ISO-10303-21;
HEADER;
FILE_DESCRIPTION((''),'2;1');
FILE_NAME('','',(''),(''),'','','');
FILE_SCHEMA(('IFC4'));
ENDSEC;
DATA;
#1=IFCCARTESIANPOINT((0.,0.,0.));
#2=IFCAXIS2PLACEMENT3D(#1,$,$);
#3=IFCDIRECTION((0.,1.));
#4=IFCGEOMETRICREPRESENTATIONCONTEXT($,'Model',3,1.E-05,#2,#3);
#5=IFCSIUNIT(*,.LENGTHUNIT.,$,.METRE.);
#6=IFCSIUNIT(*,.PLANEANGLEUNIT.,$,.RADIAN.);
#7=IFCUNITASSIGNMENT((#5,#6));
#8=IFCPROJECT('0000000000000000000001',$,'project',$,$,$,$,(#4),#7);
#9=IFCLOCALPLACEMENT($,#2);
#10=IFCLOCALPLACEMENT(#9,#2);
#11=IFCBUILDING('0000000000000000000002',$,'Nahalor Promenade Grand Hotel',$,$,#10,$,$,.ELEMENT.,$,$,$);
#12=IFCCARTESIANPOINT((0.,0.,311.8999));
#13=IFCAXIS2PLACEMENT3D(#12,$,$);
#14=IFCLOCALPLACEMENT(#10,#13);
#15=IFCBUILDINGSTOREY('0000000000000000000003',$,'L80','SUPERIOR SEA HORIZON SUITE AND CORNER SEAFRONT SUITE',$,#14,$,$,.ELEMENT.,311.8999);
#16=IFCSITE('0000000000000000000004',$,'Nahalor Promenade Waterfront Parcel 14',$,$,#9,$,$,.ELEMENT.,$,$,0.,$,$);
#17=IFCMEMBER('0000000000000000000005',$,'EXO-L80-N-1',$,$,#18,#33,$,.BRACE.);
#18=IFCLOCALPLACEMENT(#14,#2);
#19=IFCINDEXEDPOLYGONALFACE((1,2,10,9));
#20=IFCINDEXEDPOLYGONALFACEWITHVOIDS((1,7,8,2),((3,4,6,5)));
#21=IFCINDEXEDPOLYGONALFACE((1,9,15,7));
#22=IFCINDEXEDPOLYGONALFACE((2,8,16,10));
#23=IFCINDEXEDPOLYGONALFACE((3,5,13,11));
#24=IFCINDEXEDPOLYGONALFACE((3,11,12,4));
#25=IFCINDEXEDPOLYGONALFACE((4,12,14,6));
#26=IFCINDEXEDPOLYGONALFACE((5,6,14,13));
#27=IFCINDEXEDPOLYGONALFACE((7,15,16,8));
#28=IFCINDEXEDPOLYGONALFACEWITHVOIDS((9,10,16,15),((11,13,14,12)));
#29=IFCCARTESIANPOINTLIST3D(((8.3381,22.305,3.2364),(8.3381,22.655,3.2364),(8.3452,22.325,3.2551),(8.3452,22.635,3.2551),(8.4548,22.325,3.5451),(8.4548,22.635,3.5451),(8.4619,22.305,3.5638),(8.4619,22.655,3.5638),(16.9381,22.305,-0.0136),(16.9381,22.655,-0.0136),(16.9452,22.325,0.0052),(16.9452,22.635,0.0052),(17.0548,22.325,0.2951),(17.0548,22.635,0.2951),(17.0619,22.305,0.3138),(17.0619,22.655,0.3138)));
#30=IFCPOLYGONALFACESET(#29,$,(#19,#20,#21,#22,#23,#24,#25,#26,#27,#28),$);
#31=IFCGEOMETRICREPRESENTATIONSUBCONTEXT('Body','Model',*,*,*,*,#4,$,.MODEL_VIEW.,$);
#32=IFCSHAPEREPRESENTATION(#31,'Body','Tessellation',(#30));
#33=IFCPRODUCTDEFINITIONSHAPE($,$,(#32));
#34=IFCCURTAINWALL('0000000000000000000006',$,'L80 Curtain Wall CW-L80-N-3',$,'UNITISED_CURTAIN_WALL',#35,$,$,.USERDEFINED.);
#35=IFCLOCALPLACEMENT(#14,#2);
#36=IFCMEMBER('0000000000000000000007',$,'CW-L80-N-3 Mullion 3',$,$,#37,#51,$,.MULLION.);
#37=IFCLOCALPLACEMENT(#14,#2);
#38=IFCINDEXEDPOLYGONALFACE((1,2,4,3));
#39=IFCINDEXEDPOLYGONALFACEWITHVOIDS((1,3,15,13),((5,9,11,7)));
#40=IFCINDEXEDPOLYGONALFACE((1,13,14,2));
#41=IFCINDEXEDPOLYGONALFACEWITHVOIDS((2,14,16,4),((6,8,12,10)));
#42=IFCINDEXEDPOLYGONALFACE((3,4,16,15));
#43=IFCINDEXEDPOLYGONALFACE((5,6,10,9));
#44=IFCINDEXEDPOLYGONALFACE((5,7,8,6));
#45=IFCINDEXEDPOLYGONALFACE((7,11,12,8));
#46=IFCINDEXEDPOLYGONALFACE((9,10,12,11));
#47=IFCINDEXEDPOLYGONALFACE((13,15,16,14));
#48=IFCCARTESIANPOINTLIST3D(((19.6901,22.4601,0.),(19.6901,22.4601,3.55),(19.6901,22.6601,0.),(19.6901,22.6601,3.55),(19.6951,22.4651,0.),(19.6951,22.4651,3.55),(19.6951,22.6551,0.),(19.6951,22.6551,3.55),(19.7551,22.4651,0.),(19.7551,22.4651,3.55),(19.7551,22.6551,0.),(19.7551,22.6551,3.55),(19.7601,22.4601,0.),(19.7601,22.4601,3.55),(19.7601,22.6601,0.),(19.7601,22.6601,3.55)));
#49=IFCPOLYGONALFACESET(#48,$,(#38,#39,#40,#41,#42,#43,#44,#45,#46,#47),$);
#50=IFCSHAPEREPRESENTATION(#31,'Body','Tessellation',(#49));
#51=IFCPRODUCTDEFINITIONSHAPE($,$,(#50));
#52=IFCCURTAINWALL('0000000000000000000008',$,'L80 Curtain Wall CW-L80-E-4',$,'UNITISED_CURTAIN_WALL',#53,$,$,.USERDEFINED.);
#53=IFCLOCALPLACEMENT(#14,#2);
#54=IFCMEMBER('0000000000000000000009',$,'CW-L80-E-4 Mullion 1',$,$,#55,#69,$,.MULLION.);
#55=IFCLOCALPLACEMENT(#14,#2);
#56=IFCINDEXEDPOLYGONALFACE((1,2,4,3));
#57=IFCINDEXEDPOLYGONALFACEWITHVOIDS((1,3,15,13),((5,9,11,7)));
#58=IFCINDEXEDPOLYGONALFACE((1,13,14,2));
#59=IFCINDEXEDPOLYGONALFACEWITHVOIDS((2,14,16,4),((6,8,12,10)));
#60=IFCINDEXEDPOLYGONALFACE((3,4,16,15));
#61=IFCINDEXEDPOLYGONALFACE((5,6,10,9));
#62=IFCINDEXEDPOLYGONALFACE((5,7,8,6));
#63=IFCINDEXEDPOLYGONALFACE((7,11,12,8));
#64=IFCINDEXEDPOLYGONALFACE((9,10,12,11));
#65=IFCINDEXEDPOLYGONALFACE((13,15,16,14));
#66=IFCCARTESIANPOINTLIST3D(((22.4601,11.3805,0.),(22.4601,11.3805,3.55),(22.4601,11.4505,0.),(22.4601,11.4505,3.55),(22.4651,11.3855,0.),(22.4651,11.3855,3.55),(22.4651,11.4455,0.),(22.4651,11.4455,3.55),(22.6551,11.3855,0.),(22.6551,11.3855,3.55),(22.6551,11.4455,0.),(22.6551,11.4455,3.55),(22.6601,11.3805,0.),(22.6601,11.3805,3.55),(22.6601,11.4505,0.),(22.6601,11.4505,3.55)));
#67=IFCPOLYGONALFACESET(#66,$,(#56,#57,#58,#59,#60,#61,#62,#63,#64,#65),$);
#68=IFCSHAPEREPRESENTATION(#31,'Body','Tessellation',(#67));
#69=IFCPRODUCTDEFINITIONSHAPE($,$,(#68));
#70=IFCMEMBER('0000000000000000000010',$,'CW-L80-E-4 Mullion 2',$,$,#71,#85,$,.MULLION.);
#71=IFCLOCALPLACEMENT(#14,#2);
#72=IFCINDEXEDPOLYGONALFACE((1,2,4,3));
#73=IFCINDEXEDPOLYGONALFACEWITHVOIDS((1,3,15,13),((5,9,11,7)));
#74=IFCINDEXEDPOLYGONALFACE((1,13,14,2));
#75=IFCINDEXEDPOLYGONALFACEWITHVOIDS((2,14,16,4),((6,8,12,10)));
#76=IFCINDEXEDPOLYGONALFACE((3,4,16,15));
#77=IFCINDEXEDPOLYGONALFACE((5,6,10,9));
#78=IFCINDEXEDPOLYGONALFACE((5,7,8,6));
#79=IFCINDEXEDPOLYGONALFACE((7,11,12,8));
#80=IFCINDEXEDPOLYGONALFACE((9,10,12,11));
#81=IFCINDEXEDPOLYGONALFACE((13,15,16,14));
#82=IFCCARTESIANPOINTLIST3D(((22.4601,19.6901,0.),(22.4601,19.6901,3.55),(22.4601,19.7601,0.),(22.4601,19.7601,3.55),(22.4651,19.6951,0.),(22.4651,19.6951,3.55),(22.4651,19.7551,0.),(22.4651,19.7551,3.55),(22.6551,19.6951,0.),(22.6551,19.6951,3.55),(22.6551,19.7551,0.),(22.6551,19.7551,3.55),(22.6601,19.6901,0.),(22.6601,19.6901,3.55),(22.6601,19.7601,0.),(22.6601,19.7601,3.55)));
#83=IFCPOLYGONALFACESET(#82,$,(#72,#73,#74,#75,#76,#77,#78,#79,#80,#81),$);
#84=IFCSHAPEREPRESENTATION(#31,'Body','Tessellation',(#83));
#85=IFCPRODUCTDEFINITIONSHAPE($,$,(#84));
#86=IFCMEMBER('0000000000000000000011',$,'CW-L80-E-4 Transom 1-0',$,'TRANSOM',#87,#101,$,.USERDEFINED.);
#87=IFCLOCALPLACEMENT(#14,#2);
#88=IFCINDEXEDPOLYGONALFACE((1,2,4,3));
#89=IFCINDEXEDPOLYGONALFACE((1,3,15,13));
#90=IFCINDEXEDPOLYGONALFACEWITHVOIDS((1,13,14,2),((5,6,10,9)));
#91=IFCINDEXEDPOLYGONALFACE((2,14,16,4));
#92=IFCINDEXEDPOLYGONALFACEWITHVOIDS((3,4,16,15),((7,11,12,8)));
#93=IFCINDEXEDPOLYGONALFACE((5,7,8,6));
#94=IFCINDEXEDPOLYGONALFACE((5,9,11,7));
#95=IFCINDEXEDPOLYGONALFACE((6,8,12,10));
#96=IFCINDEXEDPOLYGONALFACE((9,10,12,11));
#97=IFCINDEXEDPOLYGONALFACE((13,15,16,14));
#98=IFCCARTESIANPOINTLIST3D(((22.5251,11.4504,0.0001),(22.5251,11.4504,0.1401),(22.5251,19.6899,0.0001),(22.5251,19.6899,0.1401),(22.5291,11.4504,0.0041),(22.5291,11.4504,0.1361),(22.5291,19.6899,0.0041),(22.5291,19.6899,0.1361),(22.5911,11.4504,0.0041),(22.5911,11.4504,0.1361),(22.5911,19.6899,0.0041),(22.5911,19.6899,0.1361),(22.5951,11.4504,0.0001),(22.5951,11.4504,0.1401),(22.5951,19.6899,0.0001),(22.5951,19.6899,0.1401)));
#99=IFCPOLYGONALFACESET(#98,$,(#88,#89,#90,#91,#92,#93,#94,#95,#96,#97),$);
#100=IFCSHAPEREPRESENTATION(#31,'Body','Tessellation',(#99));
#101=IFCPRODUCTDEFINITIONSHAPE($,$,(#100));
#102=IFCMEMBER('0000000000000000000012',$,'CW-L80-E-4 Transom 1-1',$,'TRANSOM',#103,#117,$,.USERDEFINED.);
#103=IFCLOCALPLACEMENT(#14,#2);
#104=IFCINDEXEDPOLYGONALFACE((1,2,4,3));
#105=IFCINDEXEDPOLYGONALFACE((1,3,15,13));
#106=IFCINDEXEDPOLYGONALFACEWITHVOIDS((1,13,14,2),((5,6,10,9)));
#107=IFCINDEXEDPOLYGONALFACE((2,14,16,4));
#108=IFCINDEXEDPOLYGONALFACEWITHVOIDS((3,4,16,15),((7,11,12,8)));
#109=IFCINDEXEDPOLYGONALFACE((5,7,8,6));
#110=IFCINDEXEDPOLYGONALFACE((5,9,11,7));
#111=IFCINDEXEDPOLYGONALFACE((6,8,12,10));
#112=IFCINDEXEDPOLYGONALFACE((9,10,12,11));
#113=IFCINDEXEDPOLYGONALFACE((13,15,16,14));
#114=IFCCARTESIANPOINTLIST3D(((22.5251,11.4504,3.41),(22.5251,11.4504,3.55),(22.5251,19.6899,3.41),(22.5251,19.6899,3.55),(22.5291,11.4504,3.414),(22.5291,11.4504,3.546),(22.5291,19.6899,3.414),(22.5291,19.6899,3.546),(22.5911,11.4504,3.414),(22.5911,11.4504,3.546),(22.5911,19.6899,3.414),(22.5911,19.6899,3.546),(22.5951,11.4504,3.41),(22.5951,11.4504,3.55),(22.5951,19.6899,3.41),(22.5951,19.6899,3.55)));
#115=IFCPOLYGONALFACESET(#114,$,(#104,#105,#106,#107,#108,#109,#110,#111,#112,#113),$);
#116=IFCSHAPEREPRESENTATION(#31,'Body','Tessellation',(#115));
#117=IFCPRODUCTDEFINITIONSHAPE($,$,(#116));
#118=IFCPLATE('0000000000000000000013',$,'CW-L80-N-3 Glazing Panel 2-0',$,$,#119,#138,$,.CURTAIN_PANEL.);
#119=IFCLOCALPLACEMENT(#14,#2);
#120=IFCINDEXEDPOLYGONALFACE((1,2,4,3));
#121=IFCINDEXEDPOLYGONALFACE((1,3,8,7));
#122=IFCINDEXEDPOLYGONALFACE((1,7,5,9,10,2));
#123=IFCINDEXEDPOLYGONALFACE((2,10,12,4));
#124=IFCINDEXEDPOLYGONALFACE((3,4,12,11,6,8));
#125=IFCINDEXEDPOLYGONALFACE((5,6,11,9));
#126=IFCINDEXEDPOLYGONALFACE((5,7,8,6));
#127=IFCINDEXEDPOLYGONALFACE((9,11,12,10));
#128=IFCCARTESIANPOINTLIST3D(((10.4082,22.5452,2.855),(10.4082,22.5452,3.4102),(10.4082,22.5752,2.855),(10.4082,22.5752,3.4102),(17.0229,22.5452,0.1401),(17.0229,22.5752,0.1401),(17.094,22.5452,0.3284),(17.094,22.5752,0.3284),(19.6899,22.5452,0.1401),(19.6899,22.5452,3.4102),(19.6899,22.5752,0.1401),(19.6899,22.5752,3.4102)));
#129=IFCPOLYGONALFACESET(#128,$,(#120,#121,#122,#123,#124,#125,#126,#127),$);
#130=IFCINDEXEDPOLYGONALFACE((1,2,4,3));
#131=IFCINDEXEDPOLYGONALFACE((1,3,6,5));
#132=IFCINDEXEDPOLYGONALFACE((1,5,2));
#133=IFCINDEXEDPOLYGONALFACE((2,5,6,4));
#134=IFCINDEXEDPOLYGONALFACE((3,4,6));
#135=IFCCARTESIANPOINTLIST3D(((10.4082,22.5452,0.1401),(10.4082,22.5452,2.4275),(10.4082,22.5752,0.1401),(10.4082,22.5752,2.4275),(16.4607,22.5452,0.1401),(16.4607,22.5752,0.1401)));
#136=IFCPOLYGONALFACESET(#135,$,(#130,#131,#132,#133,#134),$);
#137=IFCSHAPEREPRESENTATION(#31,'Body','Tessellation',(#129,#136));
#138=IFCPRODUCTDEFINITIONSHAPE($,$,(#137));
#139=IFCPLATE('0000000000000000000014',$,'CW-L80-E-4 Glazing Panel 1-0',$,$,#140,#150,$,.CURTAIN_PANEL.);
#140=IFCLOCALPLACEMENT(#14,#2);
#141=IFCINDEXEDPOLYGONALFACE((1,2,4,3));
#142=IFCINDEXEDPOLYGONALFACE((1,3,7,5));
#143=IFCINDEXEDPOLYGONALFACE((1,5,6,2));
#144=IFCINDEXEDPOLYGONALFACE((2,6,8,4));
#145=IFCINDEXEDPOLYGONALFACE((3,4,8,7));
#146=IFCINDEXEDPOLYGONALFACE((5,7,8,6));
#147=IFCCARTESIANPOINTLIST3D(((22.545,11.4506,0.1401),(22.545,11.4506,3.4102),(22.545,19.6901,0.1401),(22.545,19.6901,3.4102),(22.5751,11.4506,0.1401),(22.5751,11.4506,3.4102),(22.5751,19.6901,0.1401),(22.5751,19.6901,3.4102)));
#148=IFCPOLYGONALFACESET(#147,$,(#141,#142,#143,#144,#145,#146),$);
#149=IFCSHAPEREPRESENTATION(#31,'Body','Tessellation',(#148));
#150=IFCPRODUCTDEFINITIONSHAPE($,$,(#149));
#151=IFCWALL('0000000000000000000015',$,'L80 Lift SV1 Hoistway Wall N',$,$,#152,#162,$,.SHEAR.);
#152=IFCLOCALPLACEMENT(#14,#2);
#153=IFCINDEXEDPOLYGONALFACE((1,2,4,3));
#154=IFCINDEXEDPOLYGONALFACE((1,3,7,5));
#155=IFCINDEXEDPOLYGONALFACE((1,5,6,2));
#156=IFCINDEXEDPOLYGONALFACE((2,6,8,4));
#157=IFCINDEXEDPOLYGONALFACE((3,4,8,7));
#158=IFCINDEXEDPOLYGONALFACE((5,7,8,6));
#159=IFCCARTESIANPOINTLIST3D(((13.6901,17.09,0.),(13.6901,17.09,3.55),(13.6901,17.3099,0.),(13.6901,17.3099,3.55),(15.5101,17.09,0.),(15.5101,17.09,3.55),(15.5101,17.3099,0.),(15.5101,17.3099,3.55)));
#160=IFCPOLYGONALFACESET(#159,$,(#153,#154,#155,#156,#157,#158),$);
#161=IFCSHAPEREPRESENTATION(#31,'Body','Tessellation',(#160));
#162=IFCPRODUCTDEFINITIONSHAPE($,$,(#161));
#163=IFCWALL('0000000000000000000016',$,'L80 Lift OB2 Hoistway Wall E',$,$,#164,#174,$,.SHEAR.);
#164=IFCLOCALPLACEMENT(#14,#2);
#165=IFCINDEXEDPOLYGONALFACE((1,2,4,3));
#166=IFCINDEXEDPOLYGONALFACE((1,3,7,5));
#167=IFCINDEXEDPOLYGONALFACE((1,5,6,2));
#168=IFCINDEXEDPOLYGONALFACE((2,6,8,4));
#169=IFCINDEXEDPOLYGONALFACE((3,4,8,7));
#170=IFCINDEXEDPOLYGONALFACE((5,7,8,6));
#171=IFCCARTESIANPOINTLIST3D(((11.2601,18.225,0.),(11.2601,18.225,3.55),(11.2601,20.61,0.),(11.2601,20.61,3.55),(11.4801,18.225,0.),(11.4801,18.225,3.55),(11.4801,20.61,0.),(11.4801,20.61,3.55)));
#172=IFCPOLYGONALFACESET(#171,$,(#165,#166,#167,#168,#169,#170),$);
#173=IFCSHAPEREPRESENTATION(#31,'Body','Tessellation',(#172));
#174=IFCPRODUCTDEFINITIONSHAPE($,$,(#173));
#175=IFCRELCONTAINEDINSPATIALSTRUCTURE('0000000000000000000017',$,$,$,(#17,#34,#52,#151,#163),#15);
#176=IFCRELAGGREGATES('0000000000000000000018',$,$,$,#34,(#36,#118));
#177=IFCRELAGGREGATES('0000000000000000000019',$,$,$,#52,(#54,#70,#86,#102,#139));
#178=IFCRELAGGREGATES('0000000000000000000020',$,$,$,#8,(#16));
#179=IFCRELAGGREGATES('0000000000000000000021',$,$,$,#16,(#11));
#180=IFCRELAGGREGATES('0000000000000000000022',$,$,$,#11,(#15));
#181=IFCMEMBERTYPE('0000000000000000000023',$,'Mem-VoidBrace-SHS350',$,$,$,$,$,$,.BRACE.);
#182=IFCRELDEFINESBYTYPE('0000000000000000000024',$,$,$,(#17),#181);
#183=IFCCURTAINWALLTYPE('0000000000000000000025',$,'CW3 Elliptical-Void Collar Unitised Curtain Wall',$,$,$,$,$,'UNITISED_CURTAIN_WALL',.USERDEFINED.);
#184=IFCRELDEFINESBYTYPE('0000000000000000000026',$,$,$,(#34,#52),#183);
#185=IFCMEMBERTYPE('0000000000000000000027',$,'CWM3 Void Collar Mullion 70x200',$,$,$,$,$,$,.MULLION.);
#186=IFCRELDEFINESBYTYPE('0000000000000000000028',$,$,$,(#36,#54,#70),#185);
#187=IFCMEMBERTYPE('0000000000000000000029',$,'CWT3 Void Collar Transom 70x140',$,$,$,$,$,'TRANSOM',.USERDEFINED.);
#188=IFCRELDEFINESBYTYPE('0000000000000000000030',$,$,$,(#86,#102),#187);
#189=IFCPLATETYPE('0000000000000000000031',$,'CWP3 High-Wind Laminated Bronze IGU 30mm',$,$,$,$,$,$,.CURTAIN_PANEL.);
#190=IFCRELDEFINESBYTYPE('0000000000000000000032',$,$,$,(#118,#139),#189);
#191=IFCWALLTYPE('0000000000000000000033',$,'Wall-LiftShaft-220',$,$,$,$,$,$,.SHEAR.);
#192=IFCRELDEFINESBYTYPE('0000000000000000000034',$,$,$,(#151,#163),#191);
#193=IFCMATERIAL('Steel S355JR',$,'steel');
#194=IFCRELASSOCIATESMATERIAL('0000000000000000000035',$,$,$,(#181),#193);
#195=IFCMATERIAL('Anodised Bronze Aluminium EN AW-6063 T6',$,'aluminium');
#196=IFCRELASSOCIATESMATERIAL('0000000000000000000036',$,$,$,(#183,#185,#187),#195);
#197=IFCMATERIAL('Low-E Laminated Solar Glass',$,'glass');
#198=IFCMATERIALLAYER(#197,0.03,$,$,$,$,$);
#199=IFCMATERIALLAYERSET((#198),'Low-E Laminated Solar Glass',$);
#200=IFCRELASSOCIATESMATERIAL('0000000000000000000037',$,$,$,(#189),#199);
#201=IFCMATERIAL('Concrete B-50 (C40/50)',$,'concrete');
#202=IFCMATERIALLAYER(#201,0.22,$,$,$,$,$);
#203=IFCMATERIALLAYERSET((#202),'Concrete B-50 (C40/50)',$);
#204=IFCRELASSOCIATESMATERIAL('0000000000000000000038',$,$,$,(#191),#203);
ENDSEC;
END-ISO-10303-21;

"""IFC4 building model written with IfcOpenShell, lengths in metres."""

from ifc_helpers import new_model, si_unit, direction, frame, frame_2d, origin, origin_2d, place, context, subcontext, project, spatial, polyline, rectangle, hollow_rectangle, outline, extrude, source, transform, mapped, material, layer, layer_set, material_profile, profile_set, type_object, element, aggregate, save


model = new_model("IFC4")

# Units and contexts
model_context = context("Model", 3, precision=1e-05, world=origin(), true_north=direction((0.0, 1.0)))
body_context = subcontext(model_context, "Body", "Model", "MODEL_VIEW")
ifc_project = project(units=[si_unit("LENGTHUNIT", "METRE"), si_unit("PLANEANGLEUNIT", "RADIAN")], contexts=[model_context])

# Site, building, storey
site_placement = place(None, origin())
site = spatial("IfcSite", under=ifc_project, at=site_placement, Name="Nahalor Promenade Waterfront Parcel 14", CompositionType="ELEMENT", RefElevation=0.0)
building_placement = place(site_placement, origin())
building = spatial("IfcBuilding", under=site, at=building_placement, Name="Nahalor Promenade Grand Hotel", CompositionType="ELEMENT")
storey_placement = place(building_placement, frame((0.0, 0.0, 311.8999)))
storey = spatial("IfcBuildingStorey", under=building, at=storey_placement, Name="L80", Description="SUPERIOR SEA HORIZON SUITE AND CORNER SEAFRONT SUITE", CompositionType="ELEMENT", Elevation=311.8999)

# Shared definitions
ifc_material_1 = material(Name="Concrete B-50 (C40/50)", Category="concrete")
ifc_material_2 = material(Name="Steel S355JR", Category="steel")

# Member
ifc_material_profile_1 = material_profile(ifc_material_2, hollow_rectangle(XDim=0.35, YDim=0.35, WallThickness=0.02, at=origin_2d()), Name="SHS 350x350x20")
ifc_profile_set_1 = profile_set([ifc_material_profile_1], Name="Steel S355JR")
member_type_1 = type_object("IfcMemberType", Name="Mem-VoidBrace-SHS350", PredefinedType="BRACE", material=ifc_profile_set_1)
shared_shape_1 = source(origin(), body_context, "Body", "SweptSolid", [
    extrude(hollow_rectangle(XDim=0.35, YDim=0.35, WallThickness=0.02, at=origin_2d()), origin(), (0.0, 0.0, 1.0), 9.1936),
])
member_1_placement = place(storey_placement, frame((17.0, 22.48, 0.1501), z_axis=(-0.935433, 0.0, 0.353503), x_axis=(0.0, -1.0, 0.0)))
element("IfcMember", 1, at=member_1_placement, inside=storey, type_object=member_type_1, Name="EXO-L80-N-1", PredefinedType="BRACE", context=body_context, shape_type="MappedRepresentation", body=[
    mapped(shared_shape_1, transform((0.0, 0.0, 0.0), scale=1.0)),
])

# Curtain wall, member
ifc_material_3 = material(Name="Anodised Bronze Aluminium EN AW-6063 T6", Category="aluminium")
curtain_wall_type = type_object("IfcCurtainWallType", Name="CW3 Elliptical-Void Collar Unitised Curtain Wall", ElementType="UNITISED_CURTAIN_WALL", PredefinedType="USERDEFINED", material=ifc_material_3)
curtain_wall_1_placement = place(storey_placement, origin())
curtain_wall_1 = element("IfcCurtainWall", 2, at=curtain_wall_1_placement, inside=storey, type_object=curtain_wall_type, Name="L80 Curtain Wall CW-L80-N-3", ObjectType="UNITISED_CURTAIN_WALL", PredefinedType="USERDEFINED")
ifc_material_profile_2 = material_profile(ifc_material_3, hollow_rectangle(XDim=0.07, YDim=0.2, WallThickness=0.005, at=origin_2d()), Name="CWM 70x200x5")
ifc_profile_set_2 = profile_set([ifc_material_profile_2], Name="Anodised Bronze Aluminium EN AW-6063 T6")
member_type_2 = type_object("IfcMemberType", Name="CWM3 Void Collar Mullion 70x200", PredefinedType="MULLION", material=ifc_profile_set_2)
shared_shape_2 = source(origin(), body_context, "Body", "SweptSolid", [
    extrude(hollow_rectangle(XDim=0.07, YDim=0.2, WallThickness=0.005, at=origin_2d()), origin(), (0.0, 0.0, 1.0), 3.55),
])
member_2_placement = place(storey_placement, frame((19.7251, 22.5601, 0.0), z_axis=(0.0, 0.0, 1.0), x_axis=(1.0, 0.0, 0.0)))
member_2 = element("IfcMember", 3, at=member_2_placement, type_object=member_type_2, Name="CW-L80-N-3 Mullion 3", PredefinedType="MULLION", context=body_context, shape_type="MappedRepresentation", body=[
    mapped(shared_shape_2, transform((0.0, 0.0, 0.0), scale=1.0)),
])

# Curtain wall, members
curtain_wall_2_placement = place(storey_placement, origin())
curtain_wall_2 = element("IfcCurtainWall", 4, at=curtain_wall_2_placement, inside=storey, type_object=curtain_wall_type, Name="L80 Curtain Wall CW-L80-E-4", ObjectType="UNITISED_CURTAIN_WALL", PredefinedType="USERDEFINED")
member_3_placement = place(storey_placement, frame((22.5601, 11.4155, 0.0), z_axis=(0.0, 0.0, 1.0), x_axis=(0.0, 1.0, 0.0)))
member_3 = element("IfcMember", 5, at=member_3_placement, type_object=member_type_2, Name="CW-L80-E-4 Mullion 1", PredefinedType="MULLION", context=body_context, shape_type="MappedRepresentation", body=[
    mapped(shared_shape_2, transform((0.0, 0.0, 0.0), scale=1.0)),
])
member_4_placement = place(storey_placement, frame((22.5601, 19.7251, 0.0), z_axis=(0.0, 0.0, 1.0), x_axis=(0.0, 1.0, 0.0)))
member_4 = element("IfcMember", 6, at=member_4_placement, type_object=member_type_2, Name="CW-L80-E-4 Mullion 2", PredefinedType="MULLION", context=body_context, shape_type="MappedRepresentation", body=[
    mapped(shared_shape_2, transform((0.0, 0.0, 0.0), scale=1.0)),
])
ifc_material_profile_3 = material_profile(ifc_material_3, hollow_rectangle(XDim=0.07, YDim=0.14, WallThickness=0.004, at=origin_2d()), Name="CWT 70x140x4")
ifc_profile_set_3 = profile_set([ifc_material_profile_3], Name="Anodised Bronze Aluminium EN AW-6063 T6")
member_type_3 = type_object("IfcMemberType", Name="CWT3 Void Collar Transom 70x140", ElementType="TRANSOM", PredefinedType="USERDEFINED", material=ifc_profile_set_3)
shared_shape_3 = source(origin(), body_context, "Body", "SweptSolid", [
    extrude(hollow_rectangle(XDim=0.07, YDim=0.14, WallThickness=0.004, at=origin_2d()), origin(), (0.0, 0.0, 1.0), 8.2395),
])
member_5_placement = place(storey_placement, frame((22.5601, 11.4504, 0.0701), z_axis=(0.0, 1.0, 0.0), x_axis=(-1.0, 0.0, 0.0)))
member_5 = element("IfcMember", 7, at=member_5_placement, type_object=member_type_3, Name="CW-L80-E-4 Transom 1-0", ObjectType="TRANSOM", PredefinedType="USERDEFINED", context=body_context, shape_type="MappedRepresentation", body=[
    mapped(shared_shape_3, transform((0.0, 0.0, 0.0), scale=1.0)),
])
member_6_placement = place(storey_placement, frame((22.5601, 11.4504, 3.48), z_axis=(0.0, 1.0, 0.0), x_axis=(-1.0, 0.0, 0.0)))
member_6 = element("IfcMember", 8, at=member_6_placement, type_object=member_type_3, Name="CW-L80-E-4 Transom 1-1", ObjectType="TRANSOM", PredefinedType="USERDEFINED", context=body_context, shape_type="MappedRepresentation", body=[
    mapped(shared_shape_3, transform((0.0, 0.0, 0.0), scale=1.0)),
])

# Plates
ifc_material_4 = material(Name="Low-E Laminated Solar Glass", Category="glass")
ifc_layer_1 = layer(ifc_material_4, 0.03)
ifc_layer_set_1 = layer_set([ifc_layer_1], Name="Low-E Laminated Solar Glass")
plate_type = type_object("IfcPlateType", Name="CWP3 High-Wind Laminated Bronze IGU 30mm", PredefinedType="CURTAIN_PANEL", material=ifc_layer_set_1)
plate_1_placement = place(storey_placement, frame((15.0491, 22.5601, 0.1401), z_axis=(0.0, 0.0, 1.0), x_axis=(1.0, 0.0, 0.0)))
plate_1 = element("IfcPlate", 9, at=plate_1_placement, type_object=plate_type, Name="CW-L80-N-3 Glazing Panel 2-0", PredefinedType="CURTAIN_PANEL", context=body_context, shape_type="SweptSolid", body=[
    extrude(outline(polyline([(4.6409, 3.27), (-4.6409, 3.27), (-4.6409, 2.7148), (2.0449, 0.1882), (1.9739, 0.0), (4.6409, 0.0), (4.6409, 3.27)])), frame((0.0, 0.0151, 0.0), z_axis=(0.0, -1.0, 0.0), x_axis=(1.0, 0.0, 0.0)), (0.0, 0.0, 1.0), 0.03),
    extrude(outline(polyline([(-4.6409, 2.2874), (-4.6409, 0.0), (1.4116, 0.0), (-4.6409, 2.2874)])), frame((0.0, 0.0151, 0.0), z_axis=(0.0, -1.0, 0.0), x_axis=(1.0, 0.0, 0.0)), (0.0, 0.0, 1.0), 0.03),
])
aggregate(curtain_wall_1, [member_2, plate_1])
shared_shape_4 = source(origin(), body_context, "Body", "SweptSolid", [
    extrude(rectangle(XDim=8.2395, YDim=0.03, at=origin_2d()), origin(), (0.0, 0.0, 1.0), 3.27),
])
plate_2_placement = place(storey_placement, frame((22.5601, 15.5703, 0.1401), z_axis=(0.0, 0.0, 1.0), x_axis=(0.0, 1.0, 0.0)))
plate_2 = element("IfcPlate", 10, at=plate_2_placement, type_object=plate_type, Name="CW-L80-E-4 Glazing Panel 1-0", PredefinedType="CURTAIN_PANEL", context=body_context, shape_type="MappedRepresentation", body=[
    mapped(shared_shape_4, transform((0.0, 0.0, 0.0), scale=1.0)),
])
aggregate(curtain_wall_2, [member_3, member_4, member_5, member_6, plate_2])

# Walls
ifc_layer_2 = layer(ifc_material_1, 0.22)
ifc_layer_set_2 = layer_set([ifc_layer_2], Name="Concrete B-50 (C40/50)")
wall_type_1 = type_object("IfcWallType", Name="Wall-LiftShaft-220", PredefinedType="SHEAR", material=ifc_layer_set_2)
shared_shape_5 = source(origin(), body_context, "Body", "SweptSolid", [
    extrude(rectangle(XDim=1.8201, YDim=0.22, at=frame_2d((0.9102, 0.0))), origin(), (0.0, 0.0, 1.0), 3.55),
])
wall_1_placement = place(storey_placement, frame((13.6899, 17.2, 0.0), z_axis=(0.0, 0.0, 1.0), x_axis=(1.0, 0.0, 0.0)))
element("IfcWall", 11, at=wall_1_placement, inside=storey, type_object=wall_type_1, Name="L80 Lift SV1 Hoistway Wall N", PredefinedType="SHEAR", context=body_context, shape_type="MappedRepresentation", body=[
    mapped(shared_shape_5, transform((0.0, 0.0, 0.0), scale=1.0)),
])
shared_shape_6 = source(origin(), body_context, "Body", "SweptSolid", [
    extrude(rectangle(XDim=2.385, YDim=0.22, at=frame_2d((1.1924, 0.0))), origin(), (0.0, 0.0, 1.0), 3.55),
])
wall_2_placement = place(storey_placement, frame((11.3701, 18.2251, 0.0), z_axis=(0.0, 0.0, 1.0), x_axis=(0.0, 1.0, 0.0)))
element("IfcWall", 12, at=wall_2_placement, inside=storey, type_object=wall_type_1, Name="L80 Lift OB2 Hoistway Wall E", PredefinedType="SHEAR", context=body_context, shape_type="MappedRepresentation", body=[
    mapped(shared_shape_6, transform((0.0, 0.0, 0.0), scale=1.0)),
])

save(model, "model.ifc")
